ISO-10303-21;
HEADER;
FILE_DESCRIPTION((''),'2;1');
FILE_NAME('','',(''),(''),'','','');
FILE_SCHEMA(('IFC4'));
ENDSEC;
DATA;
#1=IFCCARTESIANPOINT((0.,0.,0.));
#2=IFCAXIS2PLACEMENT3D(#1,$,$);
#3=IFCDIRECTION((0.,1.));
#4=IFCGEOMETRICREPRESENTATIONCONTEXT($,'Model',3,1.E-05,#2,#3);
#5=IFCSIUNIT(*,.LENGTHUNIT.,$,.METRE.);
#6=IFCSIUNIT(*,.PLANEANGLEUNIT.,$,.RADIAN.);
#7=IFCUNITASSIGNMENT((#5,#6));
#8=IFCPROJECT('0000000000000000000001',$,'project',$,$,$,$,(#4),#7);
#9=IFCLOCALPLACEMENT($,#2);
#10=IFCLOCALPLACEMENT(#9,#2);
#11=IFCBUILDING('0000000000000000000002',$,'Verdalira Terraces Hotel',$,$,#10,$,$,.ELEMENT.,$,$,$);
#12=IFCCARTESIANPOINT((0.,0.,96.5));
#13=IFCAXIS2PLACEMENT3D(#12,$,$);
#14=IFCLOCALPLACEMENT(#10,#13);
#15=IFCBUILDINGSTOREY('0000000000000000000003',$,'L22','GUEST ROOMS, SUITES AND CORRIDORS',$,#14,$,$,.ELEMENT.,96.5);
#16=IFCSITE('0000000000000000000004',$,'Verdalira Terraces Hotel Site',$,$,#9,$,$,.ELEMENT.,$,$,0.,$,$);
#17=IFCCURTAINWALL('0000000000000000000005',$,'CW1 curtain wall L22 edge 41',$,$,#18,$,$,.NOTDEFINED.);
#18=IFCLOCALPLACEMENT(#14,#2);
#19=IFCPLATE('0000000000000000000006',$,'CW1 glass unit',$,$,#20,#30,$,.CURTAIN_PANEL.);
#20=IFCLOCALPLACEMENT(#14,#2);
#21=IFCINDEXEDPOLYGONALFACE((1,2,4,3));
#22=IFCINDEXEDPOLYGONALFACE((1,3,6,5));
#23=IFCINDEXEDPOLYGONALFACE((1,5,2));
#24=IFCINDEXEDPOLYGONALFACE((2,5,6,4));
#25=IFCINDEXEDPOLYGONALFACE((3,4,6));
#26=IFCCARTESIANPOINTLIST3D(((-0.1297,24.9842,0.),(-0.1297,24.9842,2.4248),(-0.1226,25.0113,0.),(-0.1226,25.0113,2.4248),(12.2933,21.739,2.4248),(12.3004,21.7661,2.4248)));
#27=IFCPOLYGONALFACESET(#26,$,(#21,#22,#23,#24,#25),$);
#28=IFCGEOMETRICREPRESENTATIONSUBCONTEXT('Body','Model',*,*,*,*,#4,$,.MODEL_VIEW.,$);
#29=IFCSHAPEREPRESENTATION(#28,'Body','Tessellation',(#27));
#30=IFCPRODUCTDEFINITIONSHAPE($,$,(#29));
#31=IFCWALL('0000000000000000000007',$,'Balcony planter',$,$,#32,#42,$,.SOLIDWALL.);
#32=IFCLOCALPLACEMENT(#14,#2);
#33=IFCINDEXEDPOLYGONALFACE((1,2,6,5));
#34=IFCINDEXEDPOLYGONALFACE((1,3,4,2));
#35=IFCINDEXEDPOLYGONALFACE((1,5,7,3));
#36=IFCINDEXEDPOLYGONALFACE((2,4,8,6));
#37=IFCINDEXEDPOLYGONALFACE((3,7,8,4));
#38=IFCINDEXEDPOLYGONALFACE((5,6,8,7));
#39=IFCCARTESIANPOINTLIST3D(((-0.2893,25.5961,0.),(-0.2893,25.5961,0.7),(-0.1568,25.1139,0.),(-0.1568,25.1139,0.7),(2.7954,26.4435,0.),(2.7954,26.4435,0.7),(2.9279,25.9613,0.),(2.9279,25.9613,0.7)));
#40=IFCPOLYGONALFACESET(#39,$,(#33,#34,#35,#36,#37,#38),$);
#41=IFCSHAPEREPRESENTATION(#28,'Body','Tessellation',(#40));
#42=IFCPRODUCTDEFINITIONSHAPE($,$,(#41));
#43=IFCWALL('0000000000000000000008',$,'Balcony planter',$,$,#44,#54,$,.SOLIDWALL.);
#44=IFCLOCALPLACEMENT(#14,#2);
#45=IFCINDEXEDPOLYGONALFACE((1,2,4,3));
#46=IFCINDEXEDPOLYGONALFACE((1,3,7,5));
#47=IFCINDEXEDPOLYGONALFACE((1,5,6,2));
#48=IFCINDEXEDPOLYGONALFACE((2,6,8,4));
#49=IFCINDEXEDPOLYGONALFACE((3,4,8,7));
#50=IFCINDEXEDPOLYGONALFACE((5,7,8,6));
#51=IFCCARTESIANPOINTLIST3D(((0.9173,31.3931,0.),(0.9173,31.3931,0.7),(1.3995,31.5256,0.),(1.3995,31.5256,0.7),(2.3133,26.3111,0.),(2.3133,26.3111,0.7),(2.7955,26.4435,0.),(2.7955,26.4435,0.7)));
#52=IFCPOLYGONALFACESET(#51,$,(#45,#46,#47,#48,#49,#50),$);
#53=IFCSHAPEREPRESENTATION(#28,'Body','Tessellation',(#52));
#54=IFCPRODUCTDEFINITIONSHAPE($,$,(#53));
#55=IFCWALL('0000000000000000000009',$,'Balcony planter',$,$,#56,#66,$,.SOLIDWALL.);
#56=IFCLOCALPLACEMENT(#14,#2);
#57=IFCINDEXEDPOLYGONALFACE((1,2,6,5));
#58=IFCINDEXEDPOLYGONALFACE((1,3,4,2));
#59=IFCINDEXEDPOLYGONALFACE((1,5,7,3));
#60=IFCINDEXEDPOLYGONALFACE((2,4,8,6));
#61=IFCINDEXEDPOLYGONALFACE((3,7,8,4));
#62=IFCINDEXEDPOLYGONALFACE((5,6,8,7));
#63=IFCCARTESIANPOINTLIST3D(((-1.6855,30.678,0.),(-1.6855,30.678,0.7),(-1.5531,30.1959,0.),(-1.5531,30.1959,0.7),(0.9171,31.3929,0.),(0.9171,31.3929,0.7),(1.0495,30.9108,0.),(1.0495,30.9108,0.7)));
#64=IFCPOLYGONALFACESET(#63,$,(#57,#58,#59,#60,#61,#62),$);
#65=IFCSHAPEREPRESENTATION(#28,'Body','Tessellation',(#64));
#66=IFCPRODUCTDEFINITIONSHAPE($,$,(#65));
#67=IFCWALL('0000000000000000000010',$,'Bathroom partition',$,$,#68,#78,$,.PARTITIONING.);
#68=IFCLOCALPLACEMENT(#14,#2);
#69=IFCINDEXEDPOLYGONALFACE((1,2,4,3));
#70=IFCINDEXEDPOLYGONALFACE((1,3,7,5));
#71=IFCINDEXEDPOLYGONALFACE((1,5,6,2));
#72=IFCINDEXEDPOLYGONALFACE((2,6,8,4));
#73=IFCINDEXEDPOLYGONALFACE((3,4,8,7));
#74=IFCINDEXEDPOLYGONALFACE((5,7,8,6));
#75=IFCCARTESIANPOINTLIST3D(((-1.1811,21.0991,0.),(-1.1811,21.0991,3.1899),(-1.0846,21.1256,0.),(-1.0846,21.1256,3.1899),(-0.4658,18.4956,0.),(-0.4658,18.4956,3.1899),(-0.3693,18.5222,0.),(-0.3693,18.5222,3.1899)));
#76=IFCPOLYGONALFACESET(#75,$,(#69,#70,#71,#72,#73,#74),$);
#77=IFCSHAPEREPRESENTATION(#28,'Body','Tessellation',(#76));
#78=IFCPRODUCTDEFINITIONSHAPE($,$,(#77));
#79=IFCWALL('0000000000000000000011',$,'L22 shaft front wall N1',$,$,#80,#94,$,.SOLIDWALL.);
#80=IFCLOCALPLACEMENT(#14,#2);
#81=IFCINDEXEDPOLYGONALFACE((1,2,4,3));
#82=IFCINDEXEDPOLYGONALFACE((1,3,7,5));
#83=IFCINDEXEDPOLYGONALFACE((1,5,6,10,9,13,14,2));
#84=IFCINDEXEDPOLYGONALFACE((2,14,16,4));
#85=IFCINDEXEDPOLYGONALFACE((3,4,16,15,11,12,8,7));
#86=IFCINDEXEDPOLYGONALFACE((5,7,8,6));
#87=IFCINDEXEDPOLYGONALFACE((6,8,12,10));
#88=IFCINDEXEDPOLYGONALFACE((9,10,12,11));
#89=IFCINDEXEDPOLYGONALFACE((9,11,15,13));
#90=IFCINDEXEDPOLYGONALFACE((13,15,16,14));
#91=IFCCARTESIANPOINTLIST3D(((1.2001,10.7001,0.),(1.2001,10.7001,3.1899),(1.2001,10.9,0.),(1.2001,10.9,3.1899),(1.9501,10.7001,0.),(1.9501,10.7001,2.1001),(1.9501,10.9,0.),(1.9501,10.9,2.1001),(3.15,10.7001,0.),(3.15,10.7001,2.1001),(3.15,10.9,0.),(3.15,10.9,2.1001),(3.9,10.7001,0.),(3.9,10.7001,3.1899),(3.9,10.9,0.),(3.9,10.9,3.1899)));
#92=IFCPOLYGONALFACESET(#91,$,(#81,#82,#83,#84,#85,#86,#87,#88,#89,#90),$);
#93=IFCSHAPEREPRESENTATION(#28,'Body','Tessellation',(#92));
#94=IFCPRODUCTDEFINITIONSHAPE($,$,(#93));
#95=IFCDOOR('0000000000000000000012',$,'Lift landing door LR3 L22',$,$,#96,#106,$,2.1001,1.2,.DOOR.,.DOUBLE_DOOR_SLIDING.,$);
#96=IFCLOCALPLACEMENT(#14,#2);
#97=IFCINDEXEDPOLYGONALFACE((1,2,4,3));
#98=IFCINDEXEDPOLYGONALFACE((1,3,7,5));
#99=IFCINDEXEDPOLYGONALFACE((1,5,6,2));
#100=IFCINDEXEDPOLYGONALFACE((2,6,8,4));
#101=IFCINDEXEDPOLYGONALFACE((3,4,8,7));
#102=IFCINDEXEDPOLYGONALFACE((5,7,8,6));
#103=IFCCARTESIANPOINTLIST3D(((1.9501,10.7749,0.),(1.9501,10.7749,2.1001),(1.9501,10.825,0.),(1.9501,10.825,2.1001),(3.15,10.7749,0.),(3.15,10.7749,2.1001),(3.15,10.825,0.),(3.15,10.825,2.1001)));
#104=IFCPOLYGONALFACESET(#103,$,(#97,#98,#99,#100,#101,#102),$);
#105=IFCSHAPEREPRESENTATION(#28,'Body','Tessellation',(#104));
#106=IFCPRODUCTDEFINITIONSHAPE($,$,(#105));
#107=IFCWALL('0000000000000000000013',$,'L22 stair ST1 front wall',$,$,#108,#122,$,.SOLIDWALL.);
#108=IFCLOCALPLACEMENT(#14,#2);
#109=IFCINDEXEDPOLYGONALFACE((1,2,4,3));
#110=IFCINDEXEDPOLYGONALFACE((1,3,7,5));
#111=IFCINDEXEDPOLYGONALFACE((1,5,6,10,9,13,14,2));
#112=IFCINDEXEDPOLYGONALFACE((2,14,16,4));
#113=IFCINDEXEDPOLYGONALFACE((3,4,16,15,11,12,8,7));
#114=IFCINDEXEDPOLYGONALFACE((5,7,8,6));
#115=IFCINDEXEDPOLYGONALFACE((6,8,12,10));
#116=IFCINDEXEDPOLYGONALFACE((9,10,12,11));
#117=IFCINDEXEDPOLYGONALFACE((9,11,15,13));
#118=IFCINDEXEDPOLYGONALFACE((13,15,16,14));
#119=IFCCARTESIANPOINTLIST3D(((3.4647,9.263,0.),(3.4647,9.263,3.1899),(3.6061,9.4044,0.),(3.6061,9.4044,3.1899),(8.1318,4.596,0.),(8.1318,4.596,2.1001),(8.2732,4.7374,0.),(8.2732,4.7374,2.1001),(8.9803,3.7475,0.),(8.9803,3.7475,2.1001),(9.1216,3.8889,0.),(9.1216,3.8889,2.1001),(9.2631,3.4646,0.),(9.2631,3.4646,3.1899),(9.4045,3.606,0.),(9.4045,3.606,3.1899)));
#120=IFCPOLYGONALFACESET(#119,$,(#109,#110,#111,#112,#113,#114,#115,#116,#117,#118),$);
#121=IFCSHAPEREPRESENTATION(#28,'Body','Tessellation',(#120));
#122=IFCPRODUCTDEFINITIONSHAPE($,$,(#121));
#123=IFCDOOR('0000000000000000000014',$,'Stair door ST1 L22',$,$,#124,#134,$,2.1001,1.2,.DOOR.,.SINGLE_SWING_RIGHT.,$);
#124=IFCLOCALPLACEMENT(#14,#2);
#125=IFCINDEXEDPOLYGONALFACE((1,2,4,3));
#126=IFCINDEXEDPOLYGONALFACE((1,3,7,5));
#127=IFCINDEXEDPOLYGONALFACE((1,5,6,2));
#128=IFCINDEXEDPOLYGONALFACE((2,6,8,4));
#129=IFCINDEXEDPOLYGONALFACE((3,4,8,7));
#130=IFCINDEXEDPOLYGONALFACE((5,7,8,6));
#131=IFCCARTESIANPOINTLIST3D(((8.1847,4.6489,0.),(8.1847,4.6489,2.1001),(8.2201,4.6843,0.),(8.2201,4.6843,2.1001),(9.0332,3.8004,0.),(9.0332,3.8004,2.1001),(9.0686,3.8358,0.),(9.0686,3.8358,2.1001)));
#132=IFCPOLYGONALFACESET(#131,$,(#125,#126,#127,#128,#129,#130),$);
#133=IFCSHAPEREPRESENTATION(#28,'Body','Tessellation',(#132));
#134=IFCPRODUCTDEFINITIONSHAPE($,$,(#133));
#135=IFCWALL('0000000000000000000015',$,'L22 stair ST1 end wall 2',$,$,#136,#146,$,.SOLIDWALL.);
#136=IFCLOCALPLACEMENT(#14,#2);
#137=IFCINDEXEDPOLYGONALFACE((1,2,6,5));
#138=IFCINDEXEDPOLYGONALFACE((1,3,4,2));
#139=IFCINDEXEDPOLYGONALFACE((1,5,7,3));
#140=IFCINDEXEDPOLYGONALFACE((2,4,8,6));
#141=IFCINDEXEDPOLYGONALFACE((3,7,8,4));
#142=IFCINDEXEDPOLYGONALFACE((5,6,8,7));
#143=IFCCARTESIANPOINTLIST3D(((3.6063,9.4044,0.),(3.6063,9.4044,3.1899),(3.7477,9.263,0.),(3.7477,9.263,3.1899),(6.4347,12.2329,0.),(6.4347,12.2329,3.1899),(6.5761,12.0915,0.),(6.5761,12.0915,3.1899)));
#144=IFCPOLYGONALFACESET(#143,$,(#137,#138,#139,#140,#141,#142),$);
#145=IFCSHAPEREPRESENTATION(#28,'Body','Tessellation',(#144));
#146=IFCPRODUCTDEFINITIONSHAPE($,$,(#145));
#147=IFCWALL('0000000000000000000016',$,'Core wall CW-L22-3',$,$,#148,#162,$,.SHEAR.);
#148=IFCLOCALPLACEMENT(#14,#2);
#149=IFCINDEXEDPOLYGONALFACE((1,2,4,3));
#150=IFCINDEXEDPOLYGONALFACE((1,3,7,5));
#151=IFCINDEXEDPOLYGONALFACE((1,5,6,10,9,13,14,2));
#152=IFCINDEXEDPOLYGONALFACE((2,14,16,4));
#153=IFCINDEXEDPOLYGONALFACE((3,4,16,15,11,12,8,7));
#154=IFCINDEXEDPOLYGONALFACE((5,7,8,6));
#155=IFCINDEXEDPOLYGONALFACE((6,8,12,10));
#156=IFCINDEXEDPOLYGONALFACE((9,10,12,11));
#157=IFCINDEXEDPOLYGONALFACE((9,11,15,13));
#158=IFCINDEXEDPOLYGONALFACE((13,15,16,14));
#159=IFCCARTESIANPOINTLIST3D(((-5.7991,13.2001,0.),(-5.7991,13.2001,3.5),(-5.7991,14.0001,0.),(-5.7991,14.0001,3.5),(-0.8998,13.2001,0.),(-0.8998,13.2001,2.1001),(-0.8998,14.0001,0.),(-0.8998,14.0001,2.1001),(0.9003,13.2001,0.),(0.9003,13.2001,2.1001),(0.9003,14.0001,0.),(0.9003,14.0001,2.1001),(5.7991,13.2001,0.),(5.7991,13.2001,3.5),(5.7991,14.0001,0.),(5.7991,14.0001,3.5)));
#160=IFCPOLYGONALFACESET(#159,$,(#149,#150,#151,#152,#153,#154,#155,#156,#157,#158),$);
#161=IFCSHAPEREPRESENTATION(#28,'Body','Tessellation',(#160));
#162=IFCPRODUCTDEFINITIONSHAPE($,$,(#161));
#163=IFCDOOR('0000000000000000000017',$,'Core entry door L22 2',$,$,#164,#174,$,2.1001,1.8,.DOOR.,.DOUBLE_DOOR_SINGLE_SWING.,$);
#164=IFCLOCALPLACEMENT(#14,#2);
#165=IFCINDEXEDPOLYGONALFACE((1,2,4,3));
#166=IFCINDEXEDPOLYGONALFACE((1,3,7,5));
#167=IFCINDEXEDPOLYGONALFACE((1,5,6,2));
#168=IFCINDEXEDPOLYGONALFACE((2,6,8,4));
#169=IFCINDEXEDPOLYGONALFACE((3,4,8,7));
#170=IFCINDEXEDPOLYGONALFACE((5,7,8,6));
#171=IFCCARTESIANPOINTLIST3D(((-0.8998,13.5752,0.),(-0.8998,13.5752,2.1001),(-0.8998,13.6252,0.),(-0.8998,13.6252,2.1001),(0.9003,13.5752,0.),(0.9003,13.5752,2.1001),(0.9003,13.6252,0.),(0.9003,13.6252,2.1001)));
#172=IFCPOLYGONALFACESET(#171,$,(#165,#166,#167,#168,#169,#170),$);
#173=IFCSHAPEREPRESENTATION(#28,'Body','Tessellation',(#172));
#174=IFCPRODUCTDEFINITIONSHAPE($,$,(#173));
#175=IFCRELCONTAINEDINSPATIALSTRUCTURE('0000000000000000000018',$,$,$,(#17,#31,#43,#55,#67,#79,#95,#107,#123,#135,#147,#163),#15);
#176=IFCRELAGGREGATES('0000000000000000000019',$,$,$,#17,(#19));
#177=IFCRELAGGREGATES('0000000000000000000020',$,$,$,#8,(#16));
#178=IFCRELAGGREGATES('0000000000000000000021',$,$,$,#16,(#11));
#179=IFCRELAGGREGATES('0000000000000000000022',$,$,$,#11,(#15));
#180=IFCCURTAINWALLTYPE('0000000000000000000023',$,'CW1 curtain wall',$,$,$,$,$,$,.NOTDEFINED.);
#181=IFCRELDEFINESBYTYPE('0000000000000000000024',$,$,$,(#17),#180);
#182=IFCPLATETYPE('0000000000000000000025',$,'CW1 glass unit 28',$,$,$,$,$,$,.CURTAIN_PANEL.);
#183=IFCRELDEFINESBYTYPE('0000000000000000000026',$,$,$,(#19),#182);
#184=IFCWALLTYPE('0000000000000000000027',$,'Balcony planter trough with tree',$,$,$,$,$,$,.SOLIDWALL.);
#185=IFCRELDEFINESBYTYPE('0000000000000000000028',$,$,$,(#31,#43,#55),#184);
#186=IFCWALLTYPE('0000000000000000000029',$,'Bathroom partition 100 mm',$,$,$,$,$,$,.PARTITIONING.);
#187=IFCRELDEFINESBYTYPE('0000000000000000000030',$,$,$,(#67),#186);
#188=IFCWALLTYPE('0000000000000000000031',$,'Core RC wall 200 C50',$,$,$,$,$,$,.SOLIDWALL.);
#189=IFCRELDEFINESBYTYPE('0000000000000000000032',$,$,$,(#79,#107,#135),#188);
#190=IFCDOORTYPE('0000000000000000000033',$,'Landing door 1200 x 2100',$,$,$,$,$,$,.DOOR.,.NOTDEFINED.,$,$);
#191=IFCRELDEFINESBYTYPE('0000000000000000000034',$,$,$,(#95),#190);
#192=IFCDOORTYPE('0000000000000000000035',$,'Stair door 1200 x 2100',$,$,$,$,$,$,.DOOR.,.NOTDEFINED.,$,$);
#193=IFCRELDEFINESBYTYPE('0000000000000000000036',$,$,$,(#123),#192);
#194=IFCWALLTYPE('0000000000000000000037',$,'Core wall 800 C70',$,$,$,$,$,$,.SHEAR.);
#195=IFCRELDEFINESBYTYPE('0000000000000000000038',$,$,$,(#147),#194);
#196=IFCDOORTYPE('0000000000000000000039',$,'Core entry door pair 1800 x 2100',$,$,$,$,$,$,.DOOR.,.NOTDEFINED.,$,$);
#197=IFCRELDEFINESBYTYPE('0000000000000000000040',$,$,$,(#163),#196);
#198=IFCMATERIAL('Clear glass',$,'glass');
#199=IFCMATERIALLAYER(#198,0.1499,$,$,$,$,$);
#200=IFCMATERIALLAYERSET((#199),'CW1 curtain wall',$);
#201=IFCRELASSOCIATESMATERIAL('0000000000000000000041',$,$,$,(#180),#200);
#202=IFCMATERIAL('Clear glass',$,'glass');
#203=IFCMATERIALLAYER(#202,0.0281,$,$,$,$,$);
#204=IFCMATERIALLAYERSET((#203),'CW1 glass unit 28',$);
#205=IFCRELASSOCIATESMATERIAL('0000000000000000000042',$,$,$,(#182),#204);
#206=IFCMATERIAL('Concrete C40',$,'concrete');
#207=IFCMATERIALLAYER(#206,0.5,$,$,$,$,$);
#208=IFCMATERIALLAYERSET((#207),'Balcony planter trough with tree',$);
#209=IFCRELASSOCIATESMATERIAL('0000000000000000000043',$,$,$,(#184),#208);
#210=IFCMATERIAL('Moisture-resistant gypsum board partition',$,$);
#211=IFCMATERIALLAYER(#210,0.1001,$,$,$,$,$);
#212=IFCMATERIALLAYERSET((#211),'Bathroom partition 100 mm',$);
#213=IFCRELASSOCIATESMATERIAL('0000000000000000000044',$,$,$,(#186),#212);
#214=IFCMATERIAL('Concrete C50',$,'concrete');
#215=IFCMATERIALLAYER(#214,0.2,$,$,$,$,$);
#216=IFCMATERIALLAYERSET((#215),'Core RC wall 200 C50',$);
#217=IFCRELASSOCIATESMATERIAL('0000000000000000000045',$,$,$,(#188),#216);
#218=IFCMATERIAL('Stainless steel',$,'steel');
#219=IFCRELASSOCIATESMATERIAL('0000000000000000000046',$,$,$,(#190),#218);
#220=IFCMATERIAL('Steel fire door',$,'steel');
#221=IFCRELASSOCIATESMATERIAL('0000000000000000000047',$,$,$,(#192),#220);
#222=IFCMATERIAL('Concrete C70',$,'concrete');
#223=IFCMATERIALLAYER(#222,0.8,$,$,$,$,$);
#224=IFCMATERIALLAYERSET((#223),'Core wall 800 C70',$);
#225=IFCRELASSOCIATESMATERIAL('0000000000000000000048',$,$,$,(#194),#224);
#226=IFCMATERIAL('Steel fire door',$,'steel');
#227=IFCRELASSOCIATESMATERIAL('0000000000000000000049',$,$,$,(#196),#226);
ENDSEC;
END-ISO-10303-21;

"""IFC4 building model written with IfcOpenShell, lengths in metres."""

from ifc_helpers import new_model, si_unit, direction, frame, frame_2d, origin, place, context, subcontext, project, spatial, polyline, rectangle, outline, extrude, material, layer, layer_set, type_object, element, fill, aggregate, save


model = new_model("IFC4")

# Units and contexts
model_context = context("Model", 3, precision=1e-05, world=origin(), true_north=direction((0.0, 1.0)))
body_context = subcontext(model_context, "Body", "Model", "MODEL_VIEW")
ifc_project = project(units=[si_unit("LENGTHUNIT", "METRE"), si_unit("PLANEANGLEUNIT", "RADIAN")], contexts=[model_context])

# Site, building, storey
site_placement = place(None, origin())
site = spatial("IfcSite", under=ifc_project, at=site_placement, Name="Verdalira Terraces Hotel Site", CompositionType="ELEMENT", RefElevation=0.0)
building_placement = place(site_placement, origin())
building = spatial("IfcBuilding", under=site, at=building_placement, Name="Verdalira Terraces Hotel", CompositionType="ELEMENT")
storey_placement = place(building_placement, frame((0.0, 0.0, 96.5)))
storey = spatial("IfcBuildingStorey", under=building, at=storey_placement, Name="L22", Description="GUEST ROOMS, SUITES AND CORRIDORS", CompositionType="ELEMENT", Elevation=96.5)

# Curtain wall
ifc_material_1 = material(Name="Clear glass", Category="glass")
ifc_layer_1 = layer(ifc_material_1, 0.1499)
ifc_layer_set_1 = layer_set([ifc_layer_1], Name="CW1 curtain wall")
curtain_wall_type_1 = type_object("IfcCurtainWallType", Name="CW1 curtain wall", PredefinedType="NOTDEFINED", material=ifc_layer_set_1)
curtain_wall_1_placement = place(storey_placement, origin())
curtain_wall_1 = element("IfcCurtainWall", 1, at=curtain_wall_1_placement, inside=storey, type_object=curtain_wall_type_1, Name="CW1 curtain wall L22 edge 41", PredefinedType="NOTDEFINED")

# Plate
ifc_material_2 = material(Name="Clear glass", Category="glass")
ifc_layer_2 = layer(ifc_material_2, 0.0281)
ifc_layer_set_2 = layer_set([ifc_layer_2], Name="CW1 glass unit 28")
plate_type = type_object("IfcPlateType", Name="CW1 glass unit 28", PredefinedType="CURTAIN_PANEL", material=ifc_layer_set_2)
plate_1_placement = place(storey_placement, frame((6.0818, 23.3616, 1.2124), z_axis=(0.252745, 0.967533, 0.0), x_axis=(-0.967533, 0.252745, 0.0)))
plate_1 = element("IfcPlate", 2, at=plate_1_placement, type_object=plate_type, Name="CW1 glass unit", PredefinedType="CURTAIN_PANEL", context=body_context, shape_type="SweptSolid", body=[
    extrude(outline(polyline([(6.4199, -1.2124), (6.4199, 1.2124), (-6.4199, 1.2124), (6.4199, -1.2124)])), origin(), (0.0, 0.0, 1.0), 0.0281),
])
aggregate(curtain_wall_1, [plate_1])

# Walls
ifc_material_3 = material(Name="Concrete C40", Category="concrete")
ifc_layer_3 = layer(ifc_material_3, 0.5)
ifc_layer_set_3 = layer_set([ifc_layer_3], Name="Balcony planter trough with tree")
wall_type_1 = type_object("IfcWallType", Name="Balcony planter trough with tree", PredefinedType="SOLIDWALL", material=ifc_layer_set_3)
wall_1_placement = place(storey_placement, frame((-0.2231, 25.355, 0.0), z_axis=(0.0, 0.0, 1.0), x_axis=(0.964276, 0.264899, 0.0)))
element("IfcWall", 3, at=wall_1_placement, inside=storey, type_object=wall_type_1, Name="Balcony planter", PredefinedType="SOLIDWALL", context=body_context, shape_type="SweptSolid", body=[
    extrude(rectangle(XDim=3.199, YDim=0.5, at=frame_2d((1.5996, 0.0))), origin(), (0.0, 0.0, 1.0), 0.7),
])
wall_2_placement = place(storey_placement, frame((2.5544, 26.3772, 0.0), z_axis=(0.0, 0.0, 1.0), x_axis=(-0.264881, 0.964281, 0.0)))
element("IfcWall", 4, at=wall_2_placement, inside=storey, type_object=wall_type_1, Name="Balcony planter", PredefinedType="SOLIDWALL", context=body_context, shape_type="SweptSolid", body=[
    extrude(rectangle(XDim=5.2703, YDim=0.5, at=frame_2d((2.6353, 0.0))), origin(), (0.0, 0.0, 1.0), 0.7),
])
wall_3_placement = place(storey_placement, frame((0.9834, 31.1519, 0.0), z_axis=(0.0, 0.0, 1.0), x_axis=(-0.964286, -0.264862, 0.0)))
element("IfcWall", 5, at=wall_3_placement, inside=storey, type_object=wall_type_1, Name="Balcony planter", PredefinedType="SOLIDWALL", context=body_context, shape_type="SweptSolid", body=[
    extrude(rectangle(XDim=2.699, YDim=0.5, at=frame_2d((1.3496, 0.0))), origin(), (0.0, 0.0, 1.0), 0.7),
])
ifc_material_4 = material(Name="Moisture-resistant gypsum board partition")
ifc_layer_4 = layer(ifc_material_4, 0.1001)
ifc_layer_set_4 = layer_set([ifc_layer_4], Name="Bathroom partition 100 mm")
wall_type_2 = type_object("IfcWallType", Name="Bathroom partition 100 mm", PredefinedType="PARTITIONING", material=ifc_layer_set_4)
wall_4_placement = place(storey_placement, frame((-0.4175, 18.5088, 0.0), z_axis=(0.0, 0.0, 1.0), x_axis=(-0.264938, 0.964265, 0.0)))
element("IfcWall", 6, at=wall_4_placement, inside=storey, type_object=wall_type_2, Name="Bathroom partition", PredefinedType="PARTITIONING", context=body_context, shape_type="SweptSolid", body=[
    extrude(rectangle(XDim=2.7, YDim=0.1001, at=frame_2d((1.3501, 0.0))), origin(), (0.0, 0.0, 1.0), 3.1899),
])

# Walls, openings, doors
ifc_material_5 = material(Name="Concrete C50", Category="concrete")
ifc_layer_5 = layer(ifc_material_5, 0.2)
ifc_layer_set_5 = layer_set([ifc_layer_5], Name="Core RC wall 200 C50")
wall_type_3 = type_object("IfcWallType", Name="Core RC wall 200 C50", PredefinedType="SOLIDWALL", material=ifc_layer_set_5)
wall_5_placement = place(storey_placement, frame((1.2, 10.8, 0.0), z_axis=(0.0, 0.0, 1.0), x_axis=(1.0, 0.0, 0.0)))
wall_5 = element("IfcWall", 7, at=wall_5_placement, inside=storey, type_object=wall_type_3, Name="L22 shaft front wall N1", PredefinedType="SOLIDWALL", context=body_context, shape_type="SweptSolid", body=[
    extrude(rectangle(XDim=2.7, YDim=0.2, at=frame_2d((1.3501, 0.0))), origin(), (0.0, 0.0, 1.0), 3.1899),
])
opening_1_placement = place(wall_5_placement, frame((0.75, 0.0, 0.0)))
opening_1 = element("IfcOpeningElement", 8, at=opening_1_placement, cuts=wall_5, PredefinedType="OPENING", context=body_context, shape_type="SweptSolid", body=[
    extrude(rectangle(XDim=1.2, YDim=2.1001, at=frame_2d((0.6001, 1.05))), frame((0.0, 0.1099, 0.0), z_axis=(0.0, -1.0, 0.0), x_axis=(1.0, 0.0, 0.0)), (0.0, 0.0, 1.0), 0.22),
])
ifc_material_6 = material(Name="Stainless steel", Category="steel")
door_type_1 = type_object("IfcDoorType", Name="Landing door 1200 x 2100", OperationType="NOTDEFINED", PredefinedType="DOOR", material=ifc_material_6)
door_1_placement = place(opening_1_placement, origin())
door_1 = element("IfcDoor", 9, at=door_1_placement, inside=storey, type_object=door_type_1, Name="Lift landing door LR3 L22", OperationType="DOUBLE_DOOR_SLIDING", OverallHeight=2.1001, OverallWidth=1.2, PredefinedType="DOOR", context=body_context, shape_type="SweptSolid", body=[
    extrude(rectangle(XDim=1.2, YDim=2.1001, at=frame_2d((0.6001, 1.05))), frame((0.0, 0.0249, 0.0), z_axis=(0.0, -1.0, 0.0), x_axis=(1.0, 0.0, 0.0)), (0.0, 0.0, 1.0), 0.05),
])
fill(opening_1, door_1)
wall_6_placement = place(storey_placement, frame((3.5354, 9.3337, 0.0), z_axis=(0.0, 0.0, 1.0), x_axis=(0.707107, -0.707107, 0.0)))
wall_6 = element("IfcWall", 10, at=wall_6_placement, inside=storey, type_object=wall_type_3, Name="L22 stair ST1 front wall", PredefinedType="SOLIDWALL", context=body_context, shape_type="SweptSolid", body=[
    extrude(rectangle(XDim=8.2002, YDim=0.2, at=frame_2d((4.1001, 0.0))), origin(), (0.0, 0.0, 1.0), 3.1899),
])
opening_2_placement = place(wall_6_placement, frame((6.6001, 0.0, 0.0)))
opening_2 = element("IfcOpeningElement", 11, at=opening_2_placement, cuts=wall_6, PredefinedType="OPENING", context=body_context, shape_type="SweptSolid", body=[
    extrude(rectangle(XDim=1.2, YDim=2.1001, at=frame_2d((0.6001, 1.05))), frame((0.0, 0.1099, 0.0), z_axis=(0.0, -1.0, 0.0), x_axis=(1.0, 0.0, 0.0)), (0.0, 0.0, 1.0), 0.22),
])
ifc_material_7 = material(Name="Steel fire door", Category="steel")
door_type_2 = type_object("IfcDoorType", Name="Stair door 1200 x 2100", OperationType="NOTDEFINED", PredefinedType="DOOR", material=ifc_material_7)
door_2_placement = place(opening_2_placement, origin())
door_2 = element("IfcDoor", 12, at=door_2_placement, inside=storey, type_object=door_type_2, Name="Stair door ST1 L22", OperationType="SINGLE_SWING_RIGHT", OverallHeight=2.1001, OverallWidth=1.2, PredefinedType="DOOR", context=body_context, shape_type="SweptSolid", body=[
    extrude(rectangle(XDim=1.2, YDim=2.1001, at=frame_2d((0.6001, 1.05))), frame((0.0, 0.0249, 0.0), z_axis=(0.0, -1.0, 0.0), x_axis=(1.0, 0.0, 0.0)), (0.0, 0.0, 1.0), 0.05),
])
fill(opening_2, door_2)

# Wall
wall_7_placement = place(storey_placement, frame((3.677, 9.3337, 0.0), z_axis=(0.0, 0.0, 1.0), x_axis=(0.707107, 0.707107, 0.0)))
element("IfcWall", 13, at=wall_7_placement, inside=storey, type_object=wall_type_3, Name="L22 stair ST1 end wall 2", PredefinedType="SOLIDWALL", context=body_context, shape_type="SweptSolid", body=[
    extrude(rectangle(XDim=4.0, YDim=0.2, at=frame_2d((2.0, 0.0))), origin(), (0.0, 0.0, 1.0), 3.1899),
])

# Wall, opening, door
ifc_material_8 = material(Name="Concrete C70", Category="concrete")
ifc_layer_6 = layer(ifc_material_8, 0.8)
ifc_layer_set_6 = layer_set([ifc_layer_6], Name="Core wall 800 C70")
wall_type_4 = type_object("IfcWallType", Name="Core wall 800 C70", PredefinedType="SHEAR", material=ifc_layer_set_6)
wall_8_placement = place(storey_placement, frame((5.7991, 13.6001, 0.0), z_axis=(0.0, 0.0, 1.0), x_axis=(-1.0, 0.0, 0.0)))
wall_8 = element("IfcWall", 14, at=wall_8_placement, inside=storey, type_object=wall_type_4, Name="Core wall CW-L22-3", PredefinedType="SHEAR", context=body_context, shape_type="SweptSolid", body=[
    extrude(rectangle(XDim=11.5981, YDim=0.8, at=frame_2d((5.7991, 0.0))), origin(), (0.0, 0.0, 1.0), 3.5),
])
opening_3_placement = place(wall_8_placement, frame((4.8989, 0.0, 0.0)))
opening_3 = element("IfcOpeningElement", 15, at=opening_3_placement, cuts=wall_8, PredefinedType="OPENING", context=body_context, shape_type="SweptSolid", body=[
    extrude(rectangle(XDim=1.8, YDim=2.1001, at=frame_2d((0.8999, 1.05))), frame((0.0, 0.4099, 0.0), z_axis=(0.0, -1.0, 0.0), x_axis=(1.0, 0.0, 0.0)), (0.0, 0.0, 1.0), 0.8201),
])
ifc_material_9 = material(Name="Steel fire door", Category="steel")
door_type_3 = type_object("IfcDoorType", Name="Core entry door pair 1800 x 2100", OperationType="NOTDEFINED", PredefinedType="DOOR", material=ifc_material_9)
door_3_placement = place(opening_3_placement, origin())
door_3 = element("IfcDoor", 16, at=door_3_placement, inside=storey, type_object=door_type_3, Name="Core entry door L22 2", OperationType="DOUBLE_DOOR_SINGLE_SWING", OverallHeight=2.1001, OverallWidth=1.8, PredefinedType="DOOR", context=body_context, shape_type="SweptSolid", body=[
    extrude(rectangle(XDim=1.8, YDim=2.1001, at=frame_2d((0.8999, 1.05))), frame((0.0, 0.0249, 0.0), z_axis=(0.0, -1.0, 0.0), x_axis=(1.0, 0.0, 0.0)), (0.0, 0.0, 1.0), 0.05),
])
fill(opening_3, door_3)

save(model, "model.ifc")
